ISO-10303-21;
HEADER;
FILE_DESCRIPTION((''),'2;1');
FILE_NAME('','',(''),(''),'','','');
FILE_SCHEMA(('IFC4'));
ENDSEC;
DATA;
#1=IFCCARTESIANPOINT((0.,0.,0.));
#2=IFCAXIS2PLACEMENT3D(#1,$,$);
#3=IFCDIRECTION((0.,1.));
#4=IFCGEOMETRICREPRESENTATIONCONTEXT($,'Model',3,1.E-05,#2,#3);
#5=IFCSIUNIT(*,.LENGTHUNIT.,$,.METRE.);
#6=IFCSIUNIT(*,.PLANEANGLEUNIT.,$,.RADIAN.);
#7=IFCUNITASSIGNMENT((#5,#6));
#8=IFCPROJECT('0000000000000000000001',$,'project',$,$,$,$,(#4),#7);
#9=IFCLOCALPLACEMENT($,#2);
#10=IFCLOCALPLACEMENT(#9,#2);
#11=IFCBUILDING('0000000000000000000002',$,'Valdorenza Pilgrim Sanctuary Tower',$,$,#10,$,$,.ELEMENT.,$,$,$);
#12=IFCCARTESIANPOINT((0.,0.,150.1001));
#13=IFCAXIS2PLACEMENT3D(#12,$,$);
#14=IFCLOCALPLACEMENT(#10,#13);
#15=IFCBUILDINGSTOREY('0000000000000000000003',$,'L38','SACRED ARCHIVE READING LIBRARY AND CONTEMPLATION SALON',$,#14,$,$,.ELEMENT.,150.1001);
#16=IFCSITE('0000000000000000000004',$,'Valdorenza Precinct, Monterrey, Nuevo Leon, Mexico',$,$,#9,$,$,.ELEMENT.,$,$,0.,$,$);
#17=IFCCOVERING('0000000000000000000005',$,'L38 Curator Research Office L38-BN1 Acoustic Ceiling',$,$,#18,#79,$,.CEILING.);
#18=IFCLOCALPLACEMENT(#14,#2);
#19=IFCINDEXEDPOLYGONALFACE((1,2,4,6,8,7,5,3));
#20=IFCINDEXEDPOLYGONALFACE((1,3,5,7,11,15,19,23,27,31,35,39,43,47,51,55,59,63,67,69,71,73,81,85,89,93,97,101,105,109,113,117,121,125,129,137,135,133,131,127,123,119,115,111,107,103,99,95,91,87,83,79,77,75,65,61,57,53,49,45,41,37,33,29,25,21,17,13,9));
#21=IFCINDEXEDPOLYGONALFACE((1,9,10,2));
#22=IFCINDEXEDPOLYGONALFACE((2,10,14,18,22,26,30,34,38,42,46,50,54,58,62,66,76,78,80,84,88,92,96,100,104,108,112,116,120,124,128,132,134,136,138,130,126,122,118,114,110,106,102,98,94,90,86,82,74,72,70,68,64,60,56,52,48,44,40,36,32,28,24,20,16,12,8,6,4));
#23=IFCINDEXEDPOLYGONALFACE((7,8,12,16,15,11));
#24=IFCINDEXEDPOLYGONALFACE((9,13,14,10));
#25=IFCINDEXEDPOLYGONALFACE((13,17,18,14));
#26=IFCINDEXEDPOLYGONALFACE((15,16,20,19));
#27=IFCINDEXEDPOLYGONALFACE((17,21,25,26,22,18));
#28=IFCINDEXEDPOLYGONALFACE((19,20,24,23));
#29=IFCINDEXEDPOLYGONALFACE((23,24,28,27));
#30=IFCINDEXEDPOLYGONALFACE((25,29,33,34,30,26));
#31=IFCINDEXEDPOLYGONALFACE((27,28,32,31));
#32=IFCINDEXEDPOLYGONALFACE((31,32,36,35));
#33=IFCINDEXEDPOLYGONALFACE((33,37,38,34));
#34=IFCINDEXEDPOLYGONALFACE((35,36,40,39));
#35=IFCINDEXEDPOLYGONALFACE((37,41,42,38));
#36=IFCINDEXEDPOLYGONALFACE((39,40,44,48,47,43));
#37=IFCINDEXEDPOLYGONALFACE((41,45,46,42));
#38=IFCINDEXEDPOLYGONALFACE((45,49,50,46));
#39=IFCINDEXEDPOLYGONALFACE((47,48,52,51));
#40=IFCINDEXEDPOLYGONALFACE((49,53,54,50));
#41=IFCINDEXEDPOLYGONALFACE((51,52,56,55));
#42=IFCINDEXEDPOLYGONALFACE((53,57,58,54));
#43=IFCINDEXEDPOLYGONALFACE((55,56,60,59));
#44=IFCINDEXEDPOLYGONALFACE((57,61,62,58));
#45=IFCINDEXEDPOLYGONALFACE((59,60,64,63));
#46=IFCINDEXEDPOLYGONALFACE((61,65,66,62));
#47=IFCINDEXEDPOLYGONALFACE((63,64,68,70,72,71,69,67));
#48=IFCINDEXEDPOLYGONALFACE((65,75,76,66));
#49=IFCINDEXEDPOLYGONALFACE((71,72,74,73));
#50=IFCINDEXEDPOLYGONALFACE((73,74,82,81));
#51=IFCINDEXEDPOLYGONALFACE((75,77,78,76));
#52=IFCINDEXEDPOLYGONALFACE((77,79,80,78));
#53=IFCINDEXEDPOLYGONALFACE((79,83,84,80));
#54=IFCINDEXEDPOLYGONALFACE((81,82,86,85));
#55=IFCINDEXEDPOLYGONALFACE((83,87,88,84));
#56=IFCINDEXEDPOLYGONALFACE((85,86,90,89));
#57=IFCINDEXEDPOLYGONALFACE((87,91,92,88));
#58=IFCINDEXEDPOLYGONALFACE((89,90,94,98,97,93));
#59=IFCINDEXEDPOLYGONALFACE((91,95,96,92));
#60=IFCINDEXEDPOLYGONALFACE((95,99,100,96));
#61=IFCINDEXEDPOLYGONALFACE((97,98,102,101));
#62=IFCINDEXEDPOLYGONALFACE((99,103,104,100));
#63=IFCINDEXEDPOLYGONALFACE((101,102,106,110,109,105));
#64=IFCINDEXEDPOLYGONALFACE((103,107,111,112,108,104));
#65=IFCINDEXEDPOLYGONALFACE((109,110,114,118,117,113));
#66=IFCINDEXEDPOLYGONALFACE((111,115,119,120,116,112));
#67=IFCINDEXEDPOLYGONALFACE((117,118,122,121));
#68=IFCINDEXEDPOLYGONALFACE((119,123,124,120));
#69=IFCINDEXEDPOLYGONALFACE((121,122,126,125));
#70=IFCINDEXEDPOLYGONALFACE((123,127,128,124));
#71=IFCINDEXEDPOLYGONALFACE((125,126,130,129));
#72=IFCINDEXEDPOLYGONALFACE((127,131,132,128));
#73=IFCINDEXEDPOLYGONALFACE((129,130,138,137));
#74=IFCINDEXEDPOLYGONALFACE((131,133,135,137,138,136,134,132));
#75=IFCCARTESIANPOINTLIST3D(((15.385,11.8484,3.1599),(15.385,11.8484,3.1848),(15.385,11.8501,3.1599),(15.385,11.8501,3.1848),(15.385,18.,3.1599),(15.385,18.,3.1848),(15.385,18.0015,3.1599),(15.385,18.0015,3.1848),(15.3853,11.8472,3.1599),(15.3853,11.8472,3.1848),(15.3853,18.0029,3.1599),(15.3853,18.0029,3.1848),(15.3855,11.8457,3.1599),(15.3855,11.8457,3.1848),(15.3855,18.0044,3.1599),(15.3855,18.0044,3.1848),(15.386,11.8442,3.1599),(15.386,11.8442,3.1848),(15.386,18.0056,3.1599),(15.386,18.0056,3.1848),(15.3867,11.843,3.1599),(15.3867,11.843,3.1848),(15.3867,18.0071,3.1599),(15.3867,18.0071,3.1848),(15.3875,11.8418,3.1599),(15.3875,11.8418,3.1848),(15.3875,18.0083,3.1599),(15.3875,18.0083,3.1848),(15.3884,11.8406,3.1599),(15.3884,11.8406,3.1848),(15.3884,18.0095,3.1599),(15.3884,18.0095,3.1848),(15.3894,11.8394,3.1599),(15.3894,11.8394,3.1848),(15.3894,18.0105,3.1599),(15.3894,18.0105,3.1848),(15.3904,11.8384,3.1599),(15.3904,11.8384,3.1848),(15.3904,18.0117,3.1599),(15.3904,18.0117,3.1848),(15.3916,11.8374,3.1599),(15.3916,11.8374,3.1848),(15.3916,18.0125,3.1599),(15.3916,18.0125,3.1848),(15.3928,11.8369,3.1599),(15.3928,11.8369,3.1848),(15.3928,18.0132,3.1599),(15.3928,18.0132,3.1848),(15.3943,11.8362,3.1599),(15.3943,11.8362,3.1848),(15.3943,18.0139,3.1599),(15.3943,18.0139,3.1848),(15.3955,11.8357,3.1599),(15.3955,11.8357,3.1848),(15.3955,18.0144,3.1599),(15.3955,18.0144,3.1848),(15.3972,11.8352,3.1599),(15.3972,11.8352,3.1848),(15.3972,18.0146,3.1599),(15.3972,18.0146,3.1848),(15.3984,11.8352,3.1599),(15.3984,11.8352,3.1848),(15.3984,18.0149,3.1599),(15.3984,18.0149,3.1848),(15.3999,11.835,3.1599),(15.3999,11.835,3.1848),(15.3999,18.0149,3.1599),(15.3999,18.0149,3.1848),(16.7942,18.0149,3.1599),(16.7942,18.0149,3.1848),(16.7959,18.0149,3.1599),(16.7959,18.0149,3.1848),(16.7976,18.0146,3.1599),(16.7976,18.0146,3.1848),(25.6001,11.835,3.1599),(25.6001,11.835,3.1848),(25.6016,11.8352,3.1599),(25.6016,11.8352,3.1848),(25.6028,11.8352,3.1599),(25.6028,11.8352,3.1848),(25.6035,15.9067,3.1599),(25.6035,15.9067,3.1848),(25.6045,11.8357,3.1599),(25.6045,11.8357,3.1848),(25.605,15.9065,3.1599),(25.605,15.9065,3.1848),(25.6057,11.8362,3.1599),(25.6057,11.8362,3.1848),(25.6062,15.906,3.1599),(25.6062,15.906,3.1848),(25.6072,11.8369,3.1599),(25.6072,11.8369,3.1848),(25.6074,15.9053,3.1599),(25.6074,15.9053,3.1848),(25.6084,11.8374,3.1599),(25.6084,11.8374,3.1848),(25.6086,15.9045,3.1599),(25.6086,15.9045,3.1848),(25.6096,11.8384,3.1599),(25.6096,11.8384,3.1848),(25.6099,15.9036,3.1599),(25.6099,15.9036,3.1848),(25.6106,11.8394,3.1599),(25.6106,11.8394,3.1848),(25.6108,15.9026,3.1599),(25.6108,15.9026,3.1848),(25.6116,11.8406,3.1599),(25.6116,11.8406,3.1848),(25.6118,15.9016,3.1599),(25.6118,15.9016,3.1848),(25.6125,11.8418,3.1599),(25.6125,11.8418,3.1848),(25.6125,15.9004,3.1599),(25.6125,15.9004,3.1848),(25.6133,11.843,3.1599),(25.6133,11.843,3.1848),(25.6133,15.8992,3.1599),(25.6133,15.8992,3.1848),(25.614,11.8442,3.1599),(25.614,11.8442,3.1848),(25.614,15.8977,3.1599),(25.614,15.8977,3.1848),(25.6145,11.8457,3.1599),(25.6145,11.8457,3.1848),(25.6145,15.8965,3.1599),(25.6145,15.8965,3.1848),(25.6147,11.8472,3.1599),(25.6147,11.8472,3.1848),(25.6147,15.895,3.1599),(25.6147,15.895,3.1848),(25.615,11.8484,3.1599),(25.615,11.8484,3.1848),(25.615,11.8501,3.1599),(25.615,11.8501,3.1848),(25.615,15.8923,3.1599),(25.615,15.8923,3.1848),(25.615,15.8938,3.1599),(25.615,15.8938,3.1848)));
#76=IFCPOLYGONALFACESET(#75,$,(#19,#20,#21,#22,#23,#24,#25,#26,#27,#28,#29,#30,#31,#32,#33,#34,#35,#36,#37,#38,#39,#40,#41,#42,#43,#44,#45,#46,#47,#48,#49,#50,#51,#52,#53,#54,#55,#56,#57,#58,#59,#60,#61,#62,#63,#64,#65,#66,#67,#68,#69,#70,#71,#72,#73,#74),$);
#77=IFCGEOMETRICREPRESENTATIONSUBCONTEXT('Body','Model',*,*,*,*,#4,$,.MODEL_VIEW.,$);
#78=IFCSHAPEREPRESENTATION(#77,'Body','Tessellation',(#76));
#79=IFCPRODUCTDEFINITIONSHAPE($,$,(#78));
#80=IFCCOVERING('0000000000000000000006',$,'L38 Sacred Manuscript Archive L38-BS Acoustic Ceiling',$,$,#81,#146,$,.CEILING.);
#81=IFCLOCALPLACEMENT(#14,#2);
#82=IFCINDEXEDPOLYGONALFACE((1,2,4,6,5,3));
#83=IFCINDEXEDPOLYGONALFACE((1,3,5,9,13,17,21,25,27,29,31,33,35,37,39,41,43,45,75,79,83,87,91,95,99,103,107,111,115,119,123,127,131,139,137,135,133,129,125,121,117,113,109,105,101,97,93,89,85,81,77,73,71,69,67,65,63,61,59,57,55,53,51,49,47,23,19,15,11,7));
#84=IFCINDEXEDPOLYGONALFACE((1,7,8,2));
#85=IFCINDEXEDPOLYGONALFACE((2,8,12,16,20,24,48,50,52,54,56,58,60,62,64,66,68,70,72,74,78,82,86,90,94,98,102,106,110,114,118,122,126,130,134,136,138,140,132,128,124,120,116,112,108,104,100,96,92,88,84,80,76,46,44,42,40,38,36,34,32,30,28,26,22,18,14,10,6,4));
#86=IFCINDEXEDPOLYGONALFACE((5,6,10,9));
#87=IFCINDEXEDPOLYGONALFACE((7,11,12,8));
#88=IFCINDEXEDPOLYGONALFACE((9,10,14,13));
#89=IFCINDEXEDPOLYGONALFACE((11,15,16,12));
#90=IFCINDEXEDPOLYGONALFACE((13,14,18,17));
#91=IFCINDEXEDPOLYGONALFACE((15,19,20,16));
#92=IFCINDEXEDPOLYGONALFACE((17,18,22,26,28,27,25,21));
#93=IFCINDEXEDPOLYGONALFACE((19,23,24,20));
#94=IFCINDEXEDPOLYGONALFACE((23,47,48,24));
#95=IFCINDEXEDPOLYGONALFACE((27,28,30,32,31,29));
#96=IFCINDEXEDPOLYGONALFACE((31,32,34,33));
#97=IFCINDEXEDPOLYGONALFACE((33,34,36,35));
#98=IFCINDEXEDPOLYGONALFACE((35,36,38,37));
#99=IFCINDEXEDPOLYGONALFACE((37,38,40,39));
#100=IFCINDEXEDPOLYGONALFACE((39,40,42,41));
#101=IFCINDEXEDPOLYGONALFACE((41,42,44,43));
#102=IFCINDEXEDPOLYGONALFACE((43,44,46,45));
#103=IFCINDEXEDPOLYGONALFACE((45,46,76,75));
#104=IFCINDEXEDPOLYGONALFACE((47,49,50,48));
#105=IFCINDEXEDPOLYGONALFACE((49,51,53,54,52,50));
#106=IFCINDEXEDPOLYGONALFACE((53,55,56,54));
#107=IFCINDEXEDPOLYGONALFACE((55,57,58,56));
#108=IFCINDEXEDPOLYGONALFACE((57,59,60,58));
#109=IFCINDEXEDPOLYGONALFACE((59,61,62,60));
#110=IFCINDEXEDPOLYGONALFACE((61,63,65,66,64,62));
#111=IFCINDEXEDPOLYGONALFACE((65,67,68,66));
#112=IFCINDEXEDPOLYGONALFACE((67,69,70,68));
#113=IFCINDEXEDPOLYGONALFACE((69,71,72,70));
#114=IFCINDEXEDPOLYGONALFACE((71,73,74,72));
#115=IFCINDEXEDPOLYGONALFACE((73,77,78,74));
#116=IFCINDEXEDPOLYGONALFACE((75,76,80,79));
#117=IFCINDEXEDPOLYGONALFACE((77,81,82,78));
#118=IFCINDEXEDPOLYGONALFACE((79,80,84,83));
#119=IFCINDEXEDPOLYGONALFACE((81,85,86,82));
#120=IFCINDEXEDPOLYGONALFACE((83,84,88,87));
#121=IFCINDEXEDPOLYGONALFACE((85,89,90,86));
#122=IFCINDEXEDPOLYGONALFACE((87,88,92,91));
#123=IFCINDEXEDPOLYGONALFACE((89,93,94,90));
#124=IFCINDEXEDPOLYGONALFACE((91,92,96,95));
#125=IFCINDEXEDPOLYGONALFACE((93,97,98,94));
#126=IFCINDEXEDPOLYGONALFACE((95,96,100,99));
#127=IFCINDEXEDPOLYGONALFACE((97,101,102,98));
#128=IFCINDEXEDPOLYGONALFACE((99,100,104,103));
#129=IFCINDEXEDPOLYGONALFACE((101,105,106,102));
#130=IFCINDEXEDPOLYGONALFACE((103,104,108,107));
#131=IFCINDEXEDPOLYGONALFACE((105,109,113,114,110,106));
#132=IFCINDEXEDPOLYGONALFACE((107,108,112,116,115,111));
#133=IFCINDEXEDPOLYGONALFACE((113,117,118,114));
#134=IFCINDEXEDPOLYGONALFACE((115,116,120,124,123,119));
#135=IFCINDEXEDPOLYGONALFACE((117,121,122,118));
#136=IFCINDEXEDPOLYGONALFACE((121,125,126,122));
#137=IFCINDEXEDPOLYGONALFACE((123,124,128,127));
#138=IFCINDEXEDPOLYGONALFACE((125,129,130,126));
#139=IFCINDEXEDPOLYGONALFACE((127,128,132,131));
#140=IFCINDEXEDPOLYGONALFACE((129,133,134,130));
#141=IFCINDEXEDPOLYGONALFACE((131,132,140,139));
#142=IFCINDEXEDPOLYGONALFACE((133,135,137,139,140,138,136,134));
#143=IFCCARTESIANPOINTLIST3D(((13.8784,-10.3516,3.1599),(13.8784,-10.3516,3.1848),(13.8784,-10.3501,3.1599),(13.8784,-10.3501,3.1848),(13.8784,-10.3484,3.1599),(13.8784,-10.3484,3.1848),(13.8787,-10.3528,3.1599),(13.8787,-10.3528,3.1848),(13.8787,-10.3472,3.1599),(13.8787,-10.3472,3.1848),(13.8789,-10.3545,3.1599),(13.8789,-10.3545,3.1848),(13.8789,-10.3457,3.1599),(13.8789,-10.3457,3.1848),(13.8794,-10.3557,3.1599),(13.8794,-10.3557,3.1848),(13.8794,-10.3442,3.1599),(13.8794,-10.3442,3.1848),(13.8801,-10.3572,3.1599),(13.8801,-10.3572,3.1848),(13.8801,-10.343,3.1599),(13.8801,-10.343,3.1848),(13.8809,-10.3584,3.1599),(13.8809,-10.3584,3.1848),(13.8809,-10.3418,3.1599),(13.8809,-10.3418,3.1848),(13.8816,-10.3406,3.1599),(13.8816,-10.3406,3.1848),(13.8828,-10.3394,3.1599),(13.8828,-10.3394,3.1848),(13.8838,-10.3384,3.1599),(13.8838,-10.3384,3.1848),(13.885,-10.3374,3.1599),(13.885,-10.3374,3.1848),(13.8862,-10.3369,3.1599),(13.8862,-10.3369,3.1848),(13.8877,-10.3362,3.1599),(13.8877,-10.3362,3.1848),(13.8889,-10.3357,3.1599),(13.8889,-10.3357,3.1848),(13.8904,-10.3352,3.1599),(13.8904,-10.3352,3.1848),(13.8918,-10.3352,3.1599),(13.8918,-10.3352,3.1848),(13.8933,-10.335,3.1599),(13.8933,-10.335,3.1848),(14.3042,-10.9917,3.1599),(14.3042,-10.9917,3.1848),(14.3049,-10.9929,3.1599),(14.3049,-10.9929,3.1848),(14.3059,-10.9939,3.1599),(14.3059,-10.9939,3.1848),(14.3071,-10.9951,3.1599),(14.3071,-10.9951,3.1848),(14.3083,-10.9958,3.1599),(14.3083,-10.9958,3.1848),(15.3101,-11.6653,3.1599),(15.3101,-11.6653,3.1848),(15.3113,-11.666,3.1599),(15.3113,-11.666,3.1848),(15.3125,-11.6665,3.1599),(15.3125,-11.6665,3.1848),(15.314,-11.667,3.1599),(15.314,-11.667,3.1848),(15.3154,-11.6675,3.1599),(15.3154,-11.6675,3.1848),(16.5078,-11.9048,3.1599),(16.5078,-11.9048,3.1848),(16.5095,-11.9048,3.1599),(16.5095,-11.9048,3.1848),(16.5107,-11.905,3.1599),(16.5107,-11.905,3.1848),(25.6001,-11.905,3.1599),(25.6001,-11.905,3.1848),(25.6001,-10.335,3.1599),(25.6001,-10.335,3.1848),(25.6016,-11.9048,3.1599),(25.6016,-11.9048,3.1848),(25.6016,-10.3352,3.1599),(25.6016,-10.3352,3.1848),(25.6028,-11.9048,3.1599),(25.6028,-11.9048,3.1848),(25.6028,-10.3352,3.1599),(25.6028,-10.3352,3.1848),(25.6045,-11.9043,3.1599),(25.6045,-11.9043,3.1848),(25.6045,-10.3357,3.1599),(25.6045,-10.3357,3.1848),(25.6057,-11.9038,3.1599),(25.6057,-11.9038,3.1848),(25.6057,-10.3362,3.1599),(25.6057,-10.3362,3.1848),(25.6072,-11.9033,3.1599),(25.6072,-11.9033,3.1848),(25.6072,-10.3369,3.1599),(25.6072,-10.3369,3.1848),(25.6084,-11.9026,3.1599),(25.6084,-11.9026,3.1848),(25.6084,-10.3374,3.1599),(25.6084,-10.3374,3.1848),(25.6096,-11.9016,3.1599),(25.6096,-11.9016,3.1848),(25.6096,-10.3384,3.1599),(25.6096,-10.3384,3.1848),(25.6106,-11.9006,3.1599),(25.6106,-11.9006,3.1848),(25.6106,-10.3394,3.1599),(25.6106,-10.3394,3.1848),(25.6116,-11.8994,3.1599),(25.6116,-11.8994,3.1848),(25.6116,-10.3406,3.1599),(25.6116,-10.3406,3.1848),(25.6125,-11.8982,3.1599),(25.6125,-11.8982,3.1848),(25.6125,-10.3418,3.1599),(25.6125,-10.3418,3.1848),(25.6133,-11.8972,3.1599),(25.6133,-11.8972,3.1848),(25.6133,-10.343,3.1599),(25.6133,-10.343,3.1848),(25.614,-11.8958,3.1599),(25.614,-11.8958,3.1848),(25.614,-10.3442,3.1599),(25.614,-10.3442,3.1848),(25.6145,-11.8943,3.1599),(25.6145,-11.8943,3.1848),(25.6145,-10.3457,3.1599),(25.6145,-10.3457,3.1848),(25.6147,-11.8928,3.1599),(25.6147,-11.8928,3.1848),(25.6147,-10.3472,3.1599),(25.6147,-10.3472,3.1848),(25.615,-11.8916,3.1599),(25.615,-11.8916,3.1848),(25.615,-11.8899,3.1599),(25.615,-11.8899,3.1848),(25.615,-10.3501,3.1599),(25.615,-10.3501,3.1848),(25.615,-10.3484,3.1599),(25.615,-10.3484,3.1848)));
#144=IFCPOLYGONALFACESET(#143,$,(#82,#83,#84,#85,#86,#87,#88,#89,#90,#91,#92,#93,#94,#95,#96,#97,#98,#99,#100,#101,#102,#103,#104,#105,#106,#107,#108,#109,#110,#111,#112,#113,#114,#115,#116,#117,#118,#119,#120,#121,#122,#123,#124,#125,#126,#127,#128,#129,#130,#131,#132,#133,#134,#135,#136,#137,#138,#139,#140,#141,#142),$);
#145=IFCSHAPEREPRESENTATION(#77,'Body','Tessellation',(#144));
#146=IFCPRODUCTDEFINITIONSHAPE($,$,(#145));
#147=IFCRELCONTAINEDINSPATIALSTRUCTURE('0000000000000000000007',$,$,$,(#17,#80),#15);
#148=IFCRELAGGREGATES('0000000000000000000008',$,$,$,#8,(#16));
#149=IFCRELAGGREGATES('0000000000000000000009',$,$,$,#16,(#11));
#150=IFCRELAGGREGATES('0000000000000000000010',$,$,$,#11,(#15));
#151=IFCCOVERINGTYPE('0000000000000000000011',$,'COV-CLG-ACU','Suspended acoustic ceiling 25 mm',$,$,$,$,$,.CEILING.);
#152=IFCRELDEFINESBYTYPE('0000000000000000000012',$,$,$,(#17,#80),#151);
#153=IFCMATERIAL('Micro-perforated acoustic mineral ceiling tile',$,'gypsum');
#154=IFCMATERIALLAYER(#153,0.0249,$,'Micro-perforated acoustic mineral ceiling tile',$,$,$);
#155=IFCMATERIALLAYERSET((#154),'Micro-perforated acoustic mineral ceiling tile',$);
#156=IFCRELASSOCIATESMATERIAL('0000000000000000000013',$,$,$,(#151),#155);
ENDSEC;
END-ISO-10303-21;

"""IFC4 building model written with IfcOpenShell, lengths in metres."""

from ifc_helpers import new_model, si_unit, direction, frame, origin, place, context, subcontext, project, spatial, polyline, outline, extrude, material, layer, layer_set, type_object, element, save


model = new_model("IFC4")

# Units and contexts
model_context = context("Model", 3, precision=1e-05, world=origin(), true_north=direction((0.0, 1.0)))
body_context = subcontext(model_context, "Body", "Model", "MODEL_VIEW")
ifc_project = project(units=[si_unit("LENGTHUNIT", "METRE"), si_unit("PLANEANGLEUNIT", "RADIAN")], contexts=[model_context])

# Site, building, storey
site_placement = place(None, origin())
site = spatial("IfcSite", under=ifc_project, at=site_placement, Name="Valdorenza Precinct, Monterrey, Nuevo Leon, Mexico", CompositionType="ELEMENT", RefElevation=0.0)
building_placement = place(site_placement, origin())
building = spatial("IfcBuilding", under=site, at=building_placement, Name="Valdorenza Pilgrim Sanctuary Tower", CompositionType="ELEMENT")
storey_placement = place(building_placement, frame((0.0, 0.0, 150.1001)))
storey = spatial("IfcBuildingStorey", under=building, at=storey_placement, Name="L38", Description="SACRED ARCHIVE READING LIBRARY AND CONTEMPLATION SALON", CompositionType="ELEMENT", Elevation=150.1001)

# Coverings
ifc_material_1 = material(Name="Micro-perforated acoustic mineral ceiling tile", Category="gypsum")
ifc_layer_1 = layer(ifc_material_1, 0.0249, Name="Micro-perforated acoustic mineral ceiling tile")
ifc_layer_set_1 = layer_set([ifc_layer_1], Name="Micro-perforated acoustic mineral ceiling tile")
covering_type_1 = type_object("IfcCoveringType", Name="COV-CLG-ACU", Description="Suspended acoustic ceiling 25 mm", PredefinedType="CEILING", material=ifc_layer_set_1)
covering_1_placement = place(storey_placement, frame((0.0, 0.0, 3.1599)))
element("IfcCovering", 1, at=covering_1_placement, inside=storey, type_object=covering_type_1, Name="L38 Curator Research Office L38-BN1 Acoustic Ceiling", PredefinedType="CEILING", context=body_context, shape_type="SweptSolid", body=[
    extrude(outline(polyline([(15.3999, 11.835), (15.3984, 11.8352), (15.3972, 11.8352), (15.3955, 11.8357), (15.3943, 11.8362), (15.3928, 11.8369), (15.3916, 11.8374), (15.3904, 11.8384), (15.3894, 11.8394), (15.3884, 11.8406), (15.3875, 11.8418), (15.3867, 11.843), (15.386, 11.8442), (15.3855, 11.8457), (15.3853, 11.8472), (15.385, 11.8484), (15.385, 11.8501), (15.385, 18.0), (15.385, 18.0015), (15.3853, 18.0029), (15.3855, 18.0044), (15.386, 18.0056), (15.3867, 18.0071), (15.3875, 18.0083), (15.3884, 18.0095), (15.3894, 18.0105), (15.3904, 18.0117), (15.3916, 18.0125), (15.3928, 18.0132), (15.3943, 18.0139), (15.3955, 18.0144), (15.3972, 18.0146), (15.3984, 18.0149), (15.3999, 18.0149), (16.7942, 18.0149), (16.7959, 18.0149), (16.7976, 18.0146), (25.6035, 15.9067), (25.605, 15.9065), (25.6062, 15.906), (25.6074, 15.9053), (25.6086, 15.9045), (25.6099, 15.9036), (25.6108, 15.9026), (25.6118, 15.9016), (25.6125, 15.9004), (25.6133, 15.8992), (25.614, 15.8977), (25.6145, 15.8965), (25.6147, 15.895), (25.615, 15.8938), (25.615, 15.8923), (25.615, 11.8501), (25.615, 11.8484), (25.6147, 11.8472), (25.6145, 11.8457), (25.614, 11.8442), (25.6133, 11.843), (25.6125, 11.8418), (25.6116, 11.8406), (25.6106, 11.8394), (25.6096, 11.8384), (25.6084, 11.8374), (25.6072, 11.8369), (25.6057, 11.8362), (25.6045, 11.8357), (25.6028, 11.8352), (25.6016, 11.8352), (25.6001, 11.835), (15.3999, 11.835)])), origin(), (0.0, 0.0, 1.0), 0.0249),
])
covering_2_placement = place(storey_placement, frame((0.0, 0.0, 3.1599)))
element("IfcCovering", 2, at=covering_2_placement, inside=storey, type_object=covering_type_1, Name="L38 Sacred Manuscript Archive L38-BS Acoustic Ceiling", PredefinedType="CEILING", context=body_context, shape_type="SweptSolid", body=[
    extrude(outline(polyline([(25.615, -11.8899), (25.615, -11.8916), (25.6147, -11.8928), (25.6145, -11.8943), (25.614, -11.8958), (25.6133, -11.8972), (25.6125, -11.8982), (25.6116, -11.8994), (25.6106, -11.9006), (25.6096, -11.9016), (25.6084, -11.9026), (25.6072, -11.9033), (25.6057, -11.9038), (25.6045, -11.9043), (25.6028, -11.9048), (25.6016, -11.9048), (25.6001, -11.905), (16.5107, -11.905), (16.5095, -11.9048), (16.5078, -11.9048), (15.3154, -11.6675), (15.314, -11.667), (15.3125, -11.6665), (15.3113, -11.666), (15.3101, -11.6653), (14.3083, -10.9958), (14.3071, -10.9951), (14.3059, -10.9939), (14.3049, -10.9929), (14.3042, -10.9917), (13.8809, -10.3584), (13.8801, -10.3572), (13.8794, -10.3557), (13.8789, -10.3545), (13.8787, -10.3528), (13.8784, -10.3516), (13.8784, -10.3501), (13.8784, -10.3484), (13.8787, -10.3472), (13.8789, -10.3457), (13.8794, -10.3442), (13.8801, -10.343), (13.8809, -10.3418), (13.8816, -10.3406), (13.8828, -10.3394), (13.8838, -10.3384), (13.885, -10.3374), (13.8862, -10.3369), (13.8877, -10.3362), (13.8889, -10.3357), (13.8904, -10.3352), (13.8918, -10.3352), (13.8933, -10.335), (25.6001, -10.335), (25.6016, -10.3352), (25.6028, -10.3352), (25.6045, -10.3357), (25.6057, -10.3362), (25.6072, -10.3369), (25.6084, -10.3374), (25.6096, -10.3384), (25.6106, -10.3394), (25.6116, -10.3406), (25.6125, -10.3418), (25.6133, -10.343), (25.614, -10.3442), (25.6145, -10.3457), (25.6147, -10.3472), (25.615, -10.3484), (25.615, -10.3501), (25.615, -11.8899)])), origin(), (0.0, 0.0, 1.0), 0.0249),
])

save(model, "model.ifc")
